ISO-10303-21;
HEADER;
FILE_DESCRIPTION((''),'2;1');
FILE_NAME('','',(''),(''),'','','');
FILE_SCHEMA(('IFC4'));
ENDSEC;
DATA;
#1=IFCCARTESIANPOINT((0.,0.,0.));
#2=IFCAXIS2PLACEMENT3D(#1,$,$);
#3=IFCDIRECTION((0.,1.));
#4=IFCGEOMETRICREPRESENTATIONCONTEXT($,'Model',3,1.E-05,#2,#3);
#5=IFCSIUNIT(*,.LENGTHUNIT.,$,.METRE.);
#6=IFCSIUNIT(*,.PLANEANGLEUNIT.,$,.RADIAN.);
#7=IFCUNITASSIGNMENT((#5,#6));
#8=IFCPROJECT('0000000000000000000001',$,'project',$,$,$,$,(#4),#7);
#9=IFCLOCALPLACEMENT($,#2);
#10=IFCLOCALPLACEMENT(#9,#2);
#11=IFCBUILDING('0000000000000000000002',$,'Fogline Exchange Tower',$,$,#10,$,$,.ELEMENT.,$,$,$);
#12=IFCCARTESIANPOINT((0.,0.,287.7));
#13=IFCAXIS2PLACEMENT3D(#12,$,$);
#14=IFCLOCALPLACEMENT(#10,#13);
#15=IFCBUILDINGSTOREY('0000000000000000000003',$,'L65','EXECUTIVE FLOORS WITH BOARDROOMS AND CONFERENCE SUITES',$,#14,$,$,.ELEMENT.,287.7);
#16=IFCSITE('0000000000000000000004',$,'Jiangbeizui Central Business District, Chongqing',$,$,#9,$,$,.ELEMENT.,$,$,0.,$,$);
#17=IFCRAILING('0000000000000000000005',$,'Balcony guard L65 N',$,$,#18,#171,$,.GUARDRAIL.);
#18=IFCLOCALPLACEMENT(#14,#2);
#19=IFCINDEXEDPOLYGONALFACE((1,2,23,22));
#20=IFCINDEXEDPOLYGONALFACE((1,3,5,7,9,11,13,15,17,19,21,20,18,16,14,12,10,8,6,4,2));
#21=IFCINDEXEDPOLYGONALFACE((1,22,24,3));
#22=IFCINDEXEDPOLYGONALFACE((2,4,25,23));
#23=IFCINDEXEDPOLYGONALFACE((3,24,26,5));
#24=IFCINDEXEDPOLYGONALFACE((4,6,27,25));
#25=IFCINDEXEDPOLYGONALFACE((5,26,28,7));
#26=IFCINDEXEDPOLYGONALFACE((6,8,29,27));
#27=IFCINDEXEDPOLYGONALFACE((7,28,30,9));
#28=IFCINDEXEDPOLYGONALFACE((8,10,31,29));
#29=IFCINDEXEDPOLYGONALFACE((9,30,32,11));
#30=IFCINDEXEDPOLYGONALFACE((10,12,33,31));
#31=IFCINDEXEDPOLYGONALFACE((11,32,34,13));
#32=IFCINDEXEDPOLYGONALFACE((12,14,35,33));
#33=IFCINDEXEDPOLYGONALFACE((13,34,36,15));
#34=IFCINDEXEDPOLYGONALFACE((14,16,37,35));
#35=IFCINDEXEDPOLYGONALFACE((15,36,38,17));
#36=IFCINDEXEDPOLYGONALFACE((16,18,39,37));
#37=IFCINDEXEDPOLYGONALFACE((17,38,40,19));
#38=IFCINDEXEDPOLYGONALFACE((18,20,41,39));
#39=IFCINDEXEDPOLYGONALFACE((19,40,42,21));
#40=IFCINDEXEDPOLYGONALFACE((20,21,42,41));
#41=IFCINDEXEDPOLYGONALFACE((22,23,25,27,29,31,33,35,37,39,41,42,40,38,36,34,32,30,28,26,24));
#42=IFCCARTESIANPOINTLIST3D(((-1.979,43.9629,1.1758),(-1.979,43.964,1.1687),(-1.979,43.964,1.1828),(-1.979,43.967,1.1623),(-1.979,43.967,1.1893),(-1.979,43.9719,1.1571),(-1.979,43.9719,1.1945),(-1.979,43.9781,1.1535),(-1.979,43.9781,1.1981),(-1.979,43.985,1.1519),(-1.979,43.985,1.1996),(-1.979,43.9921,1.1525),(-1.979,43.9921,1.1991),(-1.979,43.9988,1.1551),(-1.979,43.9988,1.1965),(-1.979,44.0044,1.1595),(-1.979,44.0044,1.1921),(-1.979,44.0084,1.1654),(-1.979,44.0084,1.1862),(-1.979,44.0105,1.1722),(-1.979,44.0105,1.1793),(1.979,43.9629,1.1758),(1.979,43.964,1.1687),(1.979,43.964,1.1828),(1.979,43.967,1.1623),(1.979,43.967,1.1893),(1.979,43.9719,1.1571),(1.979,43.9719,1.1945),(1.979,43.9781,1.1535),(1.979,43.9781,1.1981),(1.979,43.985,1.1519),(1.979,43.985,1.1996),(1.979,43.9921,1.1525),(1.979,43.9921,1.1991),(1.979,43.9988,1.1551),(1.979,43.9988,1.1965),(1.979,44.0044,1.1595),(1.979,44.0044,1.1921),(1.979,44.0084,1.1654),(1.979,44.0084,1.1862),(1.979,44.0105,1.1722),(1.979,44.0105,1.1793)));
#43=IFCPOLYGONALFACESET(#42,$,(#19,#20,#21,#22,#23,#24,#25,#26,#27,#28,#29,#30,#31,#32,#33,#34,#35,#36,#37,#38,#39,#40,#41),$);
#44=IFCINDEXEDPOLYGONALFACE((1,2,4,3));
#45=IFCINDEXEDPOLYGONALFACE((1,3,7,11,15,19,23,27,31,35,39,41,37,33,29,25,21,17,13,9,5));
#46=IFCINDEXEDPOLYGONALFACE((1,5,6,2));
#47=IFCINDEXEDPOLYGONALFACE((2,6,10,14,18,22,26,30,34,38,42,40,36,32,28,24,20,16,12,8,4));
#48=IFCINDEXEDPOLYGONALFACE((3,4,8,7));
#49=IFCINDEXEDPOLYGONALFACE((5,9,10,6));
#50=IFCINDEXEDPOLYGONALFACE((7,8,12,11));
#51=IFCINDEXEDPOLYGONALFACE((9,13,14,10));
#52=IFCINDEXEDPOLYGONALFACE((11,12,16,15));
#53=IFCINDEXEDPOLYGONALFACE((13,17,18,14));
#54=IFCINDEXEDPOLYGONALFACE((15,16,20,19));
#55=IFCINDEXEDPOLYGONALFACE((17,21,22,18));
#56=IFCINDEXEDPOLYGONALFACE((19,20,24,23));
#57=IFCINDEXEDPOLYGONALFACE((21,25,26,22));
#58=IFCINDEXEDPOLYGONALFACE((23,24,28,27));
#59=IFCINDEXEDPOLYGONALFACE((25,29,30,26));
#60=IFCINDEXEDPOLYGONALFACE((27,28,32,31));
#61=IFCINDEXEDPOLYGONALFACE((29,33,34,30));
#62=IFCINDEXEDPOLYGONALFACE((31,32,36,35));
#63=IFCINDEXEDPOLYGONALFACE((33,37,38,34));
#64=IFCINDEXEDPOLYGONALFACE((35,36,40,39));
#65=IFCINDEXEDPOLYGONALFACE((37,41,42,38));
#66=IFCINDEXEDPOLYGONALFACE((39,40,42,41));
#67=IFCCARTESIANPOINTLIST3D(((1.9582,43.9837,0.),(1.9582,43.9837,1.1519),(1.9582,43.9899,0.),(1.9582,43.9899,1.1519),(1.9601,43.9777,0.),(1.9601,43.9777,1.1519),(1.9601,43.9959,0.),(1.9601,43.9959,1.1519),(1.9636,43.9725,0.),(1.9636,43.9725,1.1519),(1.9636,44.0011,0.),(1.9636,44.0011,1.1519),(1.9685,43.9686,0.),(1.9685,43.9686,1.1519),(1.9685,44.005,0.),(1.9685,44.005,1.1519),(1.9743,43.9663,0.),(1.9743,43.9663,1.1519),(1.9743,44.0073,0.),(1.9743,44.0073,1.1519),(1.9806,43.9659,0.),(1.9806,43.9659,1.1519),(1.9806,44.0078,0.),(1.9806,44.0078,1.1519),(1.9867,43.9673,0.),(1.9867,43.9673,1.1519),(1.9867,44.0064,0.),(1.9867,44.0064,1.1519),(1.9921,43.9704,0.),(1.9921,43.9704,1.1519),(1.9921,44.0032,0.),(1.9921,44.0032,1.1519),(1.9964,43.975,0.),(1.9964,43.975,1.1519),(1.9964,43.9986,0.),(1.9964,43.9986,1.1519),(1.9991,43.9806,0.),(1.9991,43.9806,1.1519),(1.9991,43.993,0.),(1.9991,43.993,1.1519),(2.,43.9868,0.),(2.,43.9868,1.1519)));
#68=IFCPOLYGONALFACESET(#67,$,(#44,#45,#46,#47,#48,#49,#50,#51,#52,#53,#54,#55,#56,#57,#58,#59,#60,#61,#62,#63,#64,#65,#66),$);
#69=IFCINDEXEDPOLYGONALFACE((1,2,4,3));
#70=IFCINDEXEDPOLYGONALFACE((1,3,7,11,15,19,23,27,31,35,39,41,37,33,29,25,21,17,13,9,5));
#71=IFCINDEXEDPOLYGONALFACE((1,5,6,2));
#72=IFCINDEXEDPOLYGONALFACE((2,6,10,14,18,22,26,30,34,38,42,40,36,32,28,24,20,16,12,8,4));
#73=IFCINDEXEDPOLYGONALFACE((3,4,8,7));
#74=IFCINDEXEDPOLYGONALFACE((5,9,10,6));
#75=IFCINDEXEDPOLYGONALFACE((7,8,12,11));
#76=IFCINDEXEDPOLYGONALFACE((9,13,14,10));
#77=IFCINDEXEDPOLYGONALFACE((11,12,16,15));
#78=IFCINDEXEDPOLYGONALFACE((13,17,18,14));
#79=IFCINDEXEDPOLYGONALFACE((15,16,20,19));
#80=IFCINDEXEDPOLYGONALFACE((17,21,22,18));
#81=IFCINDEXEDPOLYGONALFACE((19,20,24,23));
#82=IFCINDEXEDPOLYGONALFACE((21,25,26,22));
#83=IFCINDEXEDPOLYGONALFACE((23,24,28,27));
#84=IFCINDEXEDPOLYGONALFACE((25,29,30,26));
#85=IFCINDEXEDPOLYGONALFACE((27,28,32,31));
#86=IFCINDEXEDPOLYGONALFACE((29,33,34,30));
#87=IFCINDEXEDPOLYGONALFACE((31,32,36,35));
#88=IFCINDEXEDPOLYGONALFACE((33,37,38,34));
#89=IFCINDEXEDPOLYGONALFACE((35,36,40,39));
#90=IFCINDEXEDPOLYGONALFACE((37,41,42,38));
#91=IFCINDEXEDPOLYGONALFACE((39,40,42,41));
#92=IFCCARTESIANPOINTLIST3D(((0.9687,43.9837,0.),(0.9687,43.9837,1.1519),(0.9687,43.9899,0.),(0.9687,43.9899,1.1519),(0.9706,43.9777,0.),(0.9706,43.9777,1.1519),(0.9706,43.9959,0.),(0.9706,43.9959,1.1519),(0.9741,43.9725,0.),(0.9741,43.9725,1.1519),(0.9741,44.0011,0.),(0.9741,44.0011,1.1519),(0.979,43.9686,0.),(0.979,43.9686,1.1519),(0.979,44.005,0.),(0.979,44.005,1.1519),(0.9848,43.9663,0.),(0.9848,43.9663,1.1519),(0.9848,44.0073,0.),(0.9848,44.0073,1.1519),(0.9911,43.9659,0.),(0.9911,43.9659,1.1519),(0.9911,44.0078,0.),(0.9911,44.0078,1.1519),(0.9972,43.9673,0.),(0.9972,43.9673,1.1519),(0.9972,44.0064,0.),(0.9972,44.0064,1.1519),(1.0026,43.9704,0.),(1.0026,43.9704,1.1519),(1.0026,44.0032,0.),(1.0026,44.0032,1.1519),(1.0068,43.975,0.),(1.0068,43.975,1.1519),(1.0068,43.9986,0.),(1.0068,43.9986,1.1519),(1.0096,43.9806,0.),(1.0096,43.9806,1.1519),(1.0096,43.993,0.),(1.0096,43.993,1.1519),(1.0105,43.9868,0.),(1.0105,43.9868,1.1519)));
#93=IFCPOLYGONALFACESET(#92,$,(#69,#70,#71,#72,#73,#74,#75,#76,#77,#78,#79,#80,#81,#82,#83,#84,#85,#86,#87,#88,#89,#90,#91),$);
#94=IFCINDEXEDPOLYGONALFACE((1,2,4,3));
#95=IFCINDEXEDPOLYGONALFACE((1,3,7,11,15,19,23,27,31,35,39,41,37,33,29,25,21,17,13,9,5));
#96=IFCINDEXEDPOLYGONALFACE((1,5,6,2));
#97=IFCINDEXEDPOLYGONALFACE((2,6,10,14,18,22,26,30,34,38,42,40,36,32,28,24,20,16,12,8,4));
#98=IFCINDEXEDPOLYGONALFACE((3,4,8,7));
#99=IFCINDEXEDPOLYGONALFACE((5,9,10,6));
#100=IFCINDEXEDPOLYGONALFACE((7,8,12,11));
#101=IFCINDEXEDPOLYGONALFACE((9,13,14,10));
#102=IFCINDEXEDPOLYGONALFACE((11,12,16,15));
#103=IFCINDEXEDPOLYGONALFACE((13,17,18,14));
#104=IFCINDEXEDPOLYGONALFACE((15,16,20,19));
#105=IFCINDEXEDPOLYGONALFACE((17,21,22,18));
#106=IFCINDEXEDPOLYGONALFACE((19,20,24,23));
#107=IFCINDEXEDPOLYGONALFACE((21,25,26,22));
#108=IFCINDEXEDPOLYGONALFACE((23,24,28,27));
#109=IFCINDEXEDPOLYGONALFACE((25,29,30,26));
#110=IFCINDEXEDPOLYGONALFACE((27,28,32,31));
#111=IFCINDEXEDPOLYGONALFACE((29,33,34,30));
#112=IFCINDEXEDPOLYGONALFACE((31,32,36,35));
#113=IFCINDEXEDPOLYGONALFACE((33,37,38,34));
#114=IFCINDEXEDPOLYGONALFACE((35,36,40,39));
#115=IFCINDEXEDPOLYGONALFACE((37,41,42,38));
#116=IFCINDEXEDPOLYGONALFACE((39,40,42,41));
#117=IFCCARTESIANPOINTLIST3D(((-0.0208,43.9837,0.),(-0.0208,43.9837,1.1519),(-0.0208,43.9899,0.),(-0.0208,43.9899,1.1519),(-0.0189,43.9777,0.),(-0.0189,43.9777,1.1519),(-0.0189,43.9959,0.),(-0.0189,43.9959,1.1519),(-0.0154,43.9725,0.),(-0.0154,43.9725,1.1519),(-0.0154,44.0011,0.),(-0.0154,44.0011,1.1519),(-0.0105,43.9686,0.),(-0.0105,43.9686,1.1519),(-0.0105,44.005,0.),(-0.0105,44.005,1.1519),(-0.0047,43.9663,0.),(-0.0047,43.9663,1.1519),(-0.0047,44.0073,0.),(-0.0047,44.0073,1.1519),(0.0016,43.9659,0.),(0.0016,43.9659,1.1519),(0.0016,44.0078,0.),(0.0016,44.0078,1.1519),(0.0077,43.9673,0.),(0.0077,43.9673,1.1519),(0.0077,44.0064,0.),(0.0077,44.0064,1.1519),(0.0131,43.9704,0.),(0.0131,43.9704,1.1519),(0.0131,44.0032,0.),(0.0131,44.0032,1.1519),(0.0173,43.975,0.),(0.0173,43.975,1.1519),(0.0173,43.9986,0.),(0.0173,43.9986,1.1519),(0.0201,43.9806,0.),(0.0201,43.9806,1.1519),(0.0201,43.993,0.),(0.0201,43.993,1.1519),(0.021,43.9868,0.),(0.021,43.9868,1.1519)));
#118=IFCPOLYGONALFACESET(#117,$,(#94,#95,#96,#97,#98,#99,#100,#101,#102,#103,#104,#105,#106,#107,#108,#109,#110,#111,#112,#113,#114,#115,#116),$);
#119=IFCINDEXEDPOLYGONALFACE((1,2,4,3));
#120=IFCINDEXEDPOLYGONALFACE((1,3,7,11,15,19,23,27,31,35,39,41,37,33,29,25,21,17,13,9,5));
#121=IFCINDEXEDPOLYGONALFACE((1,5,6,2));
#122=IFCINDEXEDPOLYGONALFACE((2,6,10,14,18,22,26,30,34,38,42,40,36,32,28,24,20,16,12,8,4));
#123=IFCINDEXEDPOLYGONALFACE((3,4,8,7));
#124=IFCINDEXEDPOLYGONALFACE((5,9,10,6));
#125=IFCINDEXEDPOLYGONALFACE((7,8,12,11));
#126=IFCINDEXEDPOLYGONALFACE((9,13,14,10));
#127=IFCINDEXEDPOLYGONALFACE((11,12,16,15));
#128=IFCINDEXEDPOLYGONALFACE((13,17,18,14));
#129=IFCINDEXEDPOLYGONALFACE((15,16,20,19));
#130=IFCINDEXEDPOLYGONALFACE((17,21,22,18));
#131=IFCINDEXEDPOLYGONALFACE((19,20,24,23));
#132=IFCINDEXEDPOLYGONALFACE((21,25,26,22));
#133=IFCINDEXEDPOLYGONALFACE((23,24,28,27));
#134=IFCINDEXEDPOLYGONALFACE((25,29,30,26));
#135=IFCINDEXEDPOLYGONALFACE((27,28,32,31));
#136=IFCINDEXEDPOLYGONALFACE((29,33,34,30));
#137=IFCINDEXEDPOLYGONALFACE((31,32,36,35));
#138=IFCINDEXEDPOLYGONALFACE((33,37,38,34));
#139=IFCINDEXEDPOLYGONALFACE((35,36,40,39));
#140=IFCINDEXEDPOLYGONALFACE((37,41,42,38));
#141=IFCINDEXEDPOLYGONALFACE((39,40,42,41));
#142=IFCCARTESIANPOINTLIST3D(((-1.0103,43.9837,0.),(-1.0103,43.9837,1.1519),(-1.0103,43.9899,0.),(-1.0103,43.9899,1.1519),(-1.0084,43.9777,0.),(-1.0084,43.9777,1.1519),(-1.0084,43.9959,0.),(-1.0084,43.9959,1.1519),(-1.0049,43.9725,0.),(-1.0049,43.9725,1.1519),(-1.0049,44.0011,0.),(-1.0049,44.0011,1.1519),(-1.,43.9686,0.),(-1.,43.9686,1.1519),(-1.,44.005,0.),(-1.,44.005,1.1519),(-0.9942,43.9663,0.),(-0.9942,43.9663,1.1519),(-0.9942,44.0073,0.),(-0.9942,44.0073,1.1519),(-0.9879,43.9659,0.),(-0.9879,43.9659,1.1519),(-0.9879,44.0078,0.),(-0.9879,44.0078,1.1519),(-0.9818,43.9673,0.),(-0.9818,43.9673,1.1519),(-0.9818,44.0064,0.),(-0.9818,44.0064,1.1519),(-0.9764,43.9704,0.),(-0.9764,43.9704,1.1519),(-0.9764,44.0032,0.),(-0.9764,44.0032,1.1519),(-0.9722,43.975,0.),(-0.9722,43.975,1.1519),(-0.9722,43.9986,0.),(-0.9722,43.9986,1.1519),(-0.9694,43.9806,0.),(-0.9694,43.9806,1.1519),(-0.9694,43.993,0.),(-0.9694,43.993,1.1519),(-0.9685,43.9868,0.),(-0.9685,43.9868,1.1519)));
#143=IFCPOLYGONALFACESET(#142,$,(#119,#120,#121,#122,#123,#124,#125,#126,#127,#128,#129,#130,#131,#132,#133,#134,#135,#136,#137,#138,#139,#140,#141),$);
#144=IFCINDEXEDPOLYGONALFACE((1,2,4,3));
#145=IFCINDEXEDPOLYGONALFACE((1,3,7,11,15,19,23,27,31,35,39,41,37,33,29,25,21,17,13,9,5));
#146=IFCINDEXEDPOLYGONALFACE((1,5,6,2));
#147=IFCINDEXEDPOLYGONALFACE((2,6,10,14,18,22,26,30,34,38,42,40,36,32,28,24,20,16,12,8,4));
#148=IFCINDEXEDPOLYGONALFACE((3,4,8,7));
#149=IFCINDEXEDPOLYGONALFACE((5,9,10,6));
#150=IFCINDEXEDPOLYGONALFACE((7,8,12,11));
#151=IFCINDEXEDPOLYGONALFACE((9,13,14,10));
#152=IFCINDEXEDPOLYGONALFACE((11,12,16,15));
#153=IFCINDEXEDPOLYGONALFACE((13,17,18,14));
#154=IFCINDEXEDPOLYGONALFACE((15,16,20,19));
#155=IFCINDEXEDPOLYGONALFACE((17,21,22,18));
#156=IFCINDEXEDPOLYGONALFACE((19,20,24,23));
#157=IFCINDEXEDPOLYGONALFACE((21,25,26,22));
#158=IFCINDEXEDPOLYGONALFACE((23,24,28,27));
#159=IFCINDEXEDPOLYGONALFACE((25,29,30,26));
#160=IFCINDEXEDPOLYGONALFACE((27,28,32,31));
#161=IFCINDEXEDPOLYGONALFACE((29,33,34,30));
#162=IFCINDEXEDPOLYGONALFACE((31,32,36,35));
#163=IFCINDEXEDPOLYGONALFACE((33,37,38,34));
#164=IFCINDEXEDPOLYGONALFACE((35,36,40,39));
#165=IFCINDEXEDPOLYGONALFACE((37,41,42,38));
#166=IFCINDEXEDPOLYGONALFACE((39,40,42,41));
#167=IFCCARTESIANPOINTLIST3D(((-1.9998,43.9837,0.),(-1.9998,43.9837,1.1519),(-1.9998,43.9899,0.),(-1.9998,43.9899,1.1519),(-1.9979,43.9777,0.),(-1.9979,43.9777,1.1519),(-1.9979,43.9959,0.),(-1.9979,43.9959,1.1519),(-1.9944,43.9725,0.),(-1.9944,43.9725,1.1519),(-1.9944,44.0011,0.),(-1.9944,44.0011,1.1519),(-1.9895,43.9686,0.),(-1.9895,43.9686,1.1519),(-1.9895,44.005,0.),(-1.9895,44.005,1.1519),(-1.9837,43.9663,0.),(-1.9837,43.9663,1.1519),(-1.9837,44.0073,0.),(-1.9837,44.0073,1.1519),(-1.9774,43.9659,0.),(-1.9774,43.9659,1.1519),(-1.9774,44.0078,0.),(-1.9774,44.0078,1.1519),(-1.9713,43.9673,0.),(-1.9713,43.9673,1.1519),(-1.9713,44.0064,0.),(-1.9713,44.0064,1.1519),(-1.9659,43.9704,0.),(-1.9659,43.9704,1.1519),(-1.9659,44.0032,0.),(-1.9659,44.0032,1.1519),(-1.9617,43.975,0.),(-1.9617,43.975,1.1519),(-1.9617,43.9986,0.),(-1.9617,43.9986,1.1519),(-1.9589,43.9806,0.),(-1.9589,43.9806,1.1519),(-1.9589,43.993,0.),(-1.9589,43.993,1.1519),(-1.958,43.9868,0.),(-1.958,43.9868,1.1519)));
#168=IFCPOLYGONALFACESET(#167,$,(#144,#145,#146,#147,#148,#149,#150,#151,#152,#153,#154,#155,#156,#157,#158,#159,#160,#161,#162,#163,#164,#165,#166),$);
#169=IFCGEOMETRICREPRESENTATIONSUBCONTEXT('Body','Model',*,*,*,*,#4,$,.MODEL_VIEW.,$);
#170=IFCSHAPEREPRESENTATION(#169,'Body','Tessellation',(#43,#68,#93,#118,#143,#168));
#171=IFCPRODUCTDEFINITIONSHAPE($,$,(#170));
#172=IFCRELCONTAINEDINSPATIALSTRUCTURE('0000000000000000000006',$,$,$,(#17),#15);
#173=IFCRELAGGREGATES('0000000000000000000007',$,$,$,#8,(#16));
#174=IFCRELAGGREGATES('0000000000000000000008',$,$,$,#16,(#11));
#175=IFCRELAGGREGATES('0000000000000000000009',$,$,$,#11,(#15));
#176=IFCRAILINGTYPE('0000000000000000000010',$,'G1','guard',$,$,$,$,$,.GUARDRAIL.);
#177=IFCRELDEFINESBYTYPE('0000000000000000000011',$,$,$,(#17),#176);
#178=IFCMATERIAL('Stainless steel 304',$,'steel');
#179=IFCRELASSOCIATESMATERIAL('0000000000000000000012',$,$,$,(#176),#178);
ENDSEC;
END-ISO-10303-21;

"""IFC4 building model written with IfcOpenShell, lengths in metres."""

from ifc_helpers import new_model, si_unit, direction, frame, origin, origin_2d, place, context, subcontext, project, spatial, circle, extrude, material, type_object, element, save


model = new_model("IFC4")

# Units and contexts
model_context = context("Model", 3, precision=1e-05, world=origin(), true_north=direction((0.0, 1.0)))
body_context = subcontext(model_context, "Body", "Model", "MODEL_VIEW")
ifc_project = project(units=[si_unit("LENGTHUNIT", "METRE"), si_unit("PLANEANGLEUNIT", "RADIAN")], contexts=[model_context])

# Site, building, storey
site_placement = place(None, origin())
site = spatial("IfcSite", under=ifc_project, at=site_placement, Name="Jiangbeizui Central Business District, Chongqing", CompositionType="ELEMENT", RefElevation=0.0)
building_placement = place(site_placement, origin())
building = spatial("IfcBuilding", under=site, at=building_placement, Name="Fogline Exchange Tower", CompositionType="ELEMENT")
storey_placement = place(building_placement, frame((0.0, 0.0, 287.7)))
storey = spatial("IfcBuildingStorey", under=building, at=storey_placement, Name="L65", Description="EXECUTIVE FLOORS WITH BOARDROOMS AND CONFERENCE SUITES", CompositionType="ELEMENT", Elevation=287.7)

# Railing
ifc_material_1 = material(Name="Stainless steel 304", Category="steel")
railing_type = type_object("IfcRailingType", Name="G1", Description="guard", PredefinedType="GUARDRAIL", material=ifc_material_1)
railing_placement = place(storey_placement, frame((1.979, 43.9868, 0.0)))
element("IfcRailing", 1, at=railing_placement, inside=storey, type_object=railing_type, Name="Balcony guard L65 N", PredefinedType="GUARDRAIL", context=body_context, shape_type="SweptSolid", body=[
    extrude(circle(Radius=0.0239, at=origin_2d()), frame((0.0, 0.0, 1.1758), z_axis=(-1.0, 0.0, 0.0), x_axis=(0.0, -1.0, 0.0)), (0.0, 0.0, 1.0), 3.958),
    extrude(circle(Radius=0.021, at=origin_2d()), origin(), (0.0, 0.0, 1.0), 1.1519),
    extrude(circle(Radius=0.021, at=origin_2d()), frame((-0.9895, 0.0, 0.0)), (0.0, 0.0, 1.0), 1.1519),
    extrude(circle(Radius=0.021, at=origin_2d()), frame((-1.979, 0.0, 0.0)), (0.0, 0.0, 1.0), 1.1519),
    extrude(circle(Radius=0.021, at=origin_2d()), frame((-2.9685, 0.0, 0.0)), (0.0, 0.0, 1.0), 1.1519),
    extrude(circle(Radius=0.021, at=origin_2d()), frame((-3.958, 0.0, 0.0)), (0.0, 0.0, 1.0), 1.1519),
])

save(model, "model.ifc")
